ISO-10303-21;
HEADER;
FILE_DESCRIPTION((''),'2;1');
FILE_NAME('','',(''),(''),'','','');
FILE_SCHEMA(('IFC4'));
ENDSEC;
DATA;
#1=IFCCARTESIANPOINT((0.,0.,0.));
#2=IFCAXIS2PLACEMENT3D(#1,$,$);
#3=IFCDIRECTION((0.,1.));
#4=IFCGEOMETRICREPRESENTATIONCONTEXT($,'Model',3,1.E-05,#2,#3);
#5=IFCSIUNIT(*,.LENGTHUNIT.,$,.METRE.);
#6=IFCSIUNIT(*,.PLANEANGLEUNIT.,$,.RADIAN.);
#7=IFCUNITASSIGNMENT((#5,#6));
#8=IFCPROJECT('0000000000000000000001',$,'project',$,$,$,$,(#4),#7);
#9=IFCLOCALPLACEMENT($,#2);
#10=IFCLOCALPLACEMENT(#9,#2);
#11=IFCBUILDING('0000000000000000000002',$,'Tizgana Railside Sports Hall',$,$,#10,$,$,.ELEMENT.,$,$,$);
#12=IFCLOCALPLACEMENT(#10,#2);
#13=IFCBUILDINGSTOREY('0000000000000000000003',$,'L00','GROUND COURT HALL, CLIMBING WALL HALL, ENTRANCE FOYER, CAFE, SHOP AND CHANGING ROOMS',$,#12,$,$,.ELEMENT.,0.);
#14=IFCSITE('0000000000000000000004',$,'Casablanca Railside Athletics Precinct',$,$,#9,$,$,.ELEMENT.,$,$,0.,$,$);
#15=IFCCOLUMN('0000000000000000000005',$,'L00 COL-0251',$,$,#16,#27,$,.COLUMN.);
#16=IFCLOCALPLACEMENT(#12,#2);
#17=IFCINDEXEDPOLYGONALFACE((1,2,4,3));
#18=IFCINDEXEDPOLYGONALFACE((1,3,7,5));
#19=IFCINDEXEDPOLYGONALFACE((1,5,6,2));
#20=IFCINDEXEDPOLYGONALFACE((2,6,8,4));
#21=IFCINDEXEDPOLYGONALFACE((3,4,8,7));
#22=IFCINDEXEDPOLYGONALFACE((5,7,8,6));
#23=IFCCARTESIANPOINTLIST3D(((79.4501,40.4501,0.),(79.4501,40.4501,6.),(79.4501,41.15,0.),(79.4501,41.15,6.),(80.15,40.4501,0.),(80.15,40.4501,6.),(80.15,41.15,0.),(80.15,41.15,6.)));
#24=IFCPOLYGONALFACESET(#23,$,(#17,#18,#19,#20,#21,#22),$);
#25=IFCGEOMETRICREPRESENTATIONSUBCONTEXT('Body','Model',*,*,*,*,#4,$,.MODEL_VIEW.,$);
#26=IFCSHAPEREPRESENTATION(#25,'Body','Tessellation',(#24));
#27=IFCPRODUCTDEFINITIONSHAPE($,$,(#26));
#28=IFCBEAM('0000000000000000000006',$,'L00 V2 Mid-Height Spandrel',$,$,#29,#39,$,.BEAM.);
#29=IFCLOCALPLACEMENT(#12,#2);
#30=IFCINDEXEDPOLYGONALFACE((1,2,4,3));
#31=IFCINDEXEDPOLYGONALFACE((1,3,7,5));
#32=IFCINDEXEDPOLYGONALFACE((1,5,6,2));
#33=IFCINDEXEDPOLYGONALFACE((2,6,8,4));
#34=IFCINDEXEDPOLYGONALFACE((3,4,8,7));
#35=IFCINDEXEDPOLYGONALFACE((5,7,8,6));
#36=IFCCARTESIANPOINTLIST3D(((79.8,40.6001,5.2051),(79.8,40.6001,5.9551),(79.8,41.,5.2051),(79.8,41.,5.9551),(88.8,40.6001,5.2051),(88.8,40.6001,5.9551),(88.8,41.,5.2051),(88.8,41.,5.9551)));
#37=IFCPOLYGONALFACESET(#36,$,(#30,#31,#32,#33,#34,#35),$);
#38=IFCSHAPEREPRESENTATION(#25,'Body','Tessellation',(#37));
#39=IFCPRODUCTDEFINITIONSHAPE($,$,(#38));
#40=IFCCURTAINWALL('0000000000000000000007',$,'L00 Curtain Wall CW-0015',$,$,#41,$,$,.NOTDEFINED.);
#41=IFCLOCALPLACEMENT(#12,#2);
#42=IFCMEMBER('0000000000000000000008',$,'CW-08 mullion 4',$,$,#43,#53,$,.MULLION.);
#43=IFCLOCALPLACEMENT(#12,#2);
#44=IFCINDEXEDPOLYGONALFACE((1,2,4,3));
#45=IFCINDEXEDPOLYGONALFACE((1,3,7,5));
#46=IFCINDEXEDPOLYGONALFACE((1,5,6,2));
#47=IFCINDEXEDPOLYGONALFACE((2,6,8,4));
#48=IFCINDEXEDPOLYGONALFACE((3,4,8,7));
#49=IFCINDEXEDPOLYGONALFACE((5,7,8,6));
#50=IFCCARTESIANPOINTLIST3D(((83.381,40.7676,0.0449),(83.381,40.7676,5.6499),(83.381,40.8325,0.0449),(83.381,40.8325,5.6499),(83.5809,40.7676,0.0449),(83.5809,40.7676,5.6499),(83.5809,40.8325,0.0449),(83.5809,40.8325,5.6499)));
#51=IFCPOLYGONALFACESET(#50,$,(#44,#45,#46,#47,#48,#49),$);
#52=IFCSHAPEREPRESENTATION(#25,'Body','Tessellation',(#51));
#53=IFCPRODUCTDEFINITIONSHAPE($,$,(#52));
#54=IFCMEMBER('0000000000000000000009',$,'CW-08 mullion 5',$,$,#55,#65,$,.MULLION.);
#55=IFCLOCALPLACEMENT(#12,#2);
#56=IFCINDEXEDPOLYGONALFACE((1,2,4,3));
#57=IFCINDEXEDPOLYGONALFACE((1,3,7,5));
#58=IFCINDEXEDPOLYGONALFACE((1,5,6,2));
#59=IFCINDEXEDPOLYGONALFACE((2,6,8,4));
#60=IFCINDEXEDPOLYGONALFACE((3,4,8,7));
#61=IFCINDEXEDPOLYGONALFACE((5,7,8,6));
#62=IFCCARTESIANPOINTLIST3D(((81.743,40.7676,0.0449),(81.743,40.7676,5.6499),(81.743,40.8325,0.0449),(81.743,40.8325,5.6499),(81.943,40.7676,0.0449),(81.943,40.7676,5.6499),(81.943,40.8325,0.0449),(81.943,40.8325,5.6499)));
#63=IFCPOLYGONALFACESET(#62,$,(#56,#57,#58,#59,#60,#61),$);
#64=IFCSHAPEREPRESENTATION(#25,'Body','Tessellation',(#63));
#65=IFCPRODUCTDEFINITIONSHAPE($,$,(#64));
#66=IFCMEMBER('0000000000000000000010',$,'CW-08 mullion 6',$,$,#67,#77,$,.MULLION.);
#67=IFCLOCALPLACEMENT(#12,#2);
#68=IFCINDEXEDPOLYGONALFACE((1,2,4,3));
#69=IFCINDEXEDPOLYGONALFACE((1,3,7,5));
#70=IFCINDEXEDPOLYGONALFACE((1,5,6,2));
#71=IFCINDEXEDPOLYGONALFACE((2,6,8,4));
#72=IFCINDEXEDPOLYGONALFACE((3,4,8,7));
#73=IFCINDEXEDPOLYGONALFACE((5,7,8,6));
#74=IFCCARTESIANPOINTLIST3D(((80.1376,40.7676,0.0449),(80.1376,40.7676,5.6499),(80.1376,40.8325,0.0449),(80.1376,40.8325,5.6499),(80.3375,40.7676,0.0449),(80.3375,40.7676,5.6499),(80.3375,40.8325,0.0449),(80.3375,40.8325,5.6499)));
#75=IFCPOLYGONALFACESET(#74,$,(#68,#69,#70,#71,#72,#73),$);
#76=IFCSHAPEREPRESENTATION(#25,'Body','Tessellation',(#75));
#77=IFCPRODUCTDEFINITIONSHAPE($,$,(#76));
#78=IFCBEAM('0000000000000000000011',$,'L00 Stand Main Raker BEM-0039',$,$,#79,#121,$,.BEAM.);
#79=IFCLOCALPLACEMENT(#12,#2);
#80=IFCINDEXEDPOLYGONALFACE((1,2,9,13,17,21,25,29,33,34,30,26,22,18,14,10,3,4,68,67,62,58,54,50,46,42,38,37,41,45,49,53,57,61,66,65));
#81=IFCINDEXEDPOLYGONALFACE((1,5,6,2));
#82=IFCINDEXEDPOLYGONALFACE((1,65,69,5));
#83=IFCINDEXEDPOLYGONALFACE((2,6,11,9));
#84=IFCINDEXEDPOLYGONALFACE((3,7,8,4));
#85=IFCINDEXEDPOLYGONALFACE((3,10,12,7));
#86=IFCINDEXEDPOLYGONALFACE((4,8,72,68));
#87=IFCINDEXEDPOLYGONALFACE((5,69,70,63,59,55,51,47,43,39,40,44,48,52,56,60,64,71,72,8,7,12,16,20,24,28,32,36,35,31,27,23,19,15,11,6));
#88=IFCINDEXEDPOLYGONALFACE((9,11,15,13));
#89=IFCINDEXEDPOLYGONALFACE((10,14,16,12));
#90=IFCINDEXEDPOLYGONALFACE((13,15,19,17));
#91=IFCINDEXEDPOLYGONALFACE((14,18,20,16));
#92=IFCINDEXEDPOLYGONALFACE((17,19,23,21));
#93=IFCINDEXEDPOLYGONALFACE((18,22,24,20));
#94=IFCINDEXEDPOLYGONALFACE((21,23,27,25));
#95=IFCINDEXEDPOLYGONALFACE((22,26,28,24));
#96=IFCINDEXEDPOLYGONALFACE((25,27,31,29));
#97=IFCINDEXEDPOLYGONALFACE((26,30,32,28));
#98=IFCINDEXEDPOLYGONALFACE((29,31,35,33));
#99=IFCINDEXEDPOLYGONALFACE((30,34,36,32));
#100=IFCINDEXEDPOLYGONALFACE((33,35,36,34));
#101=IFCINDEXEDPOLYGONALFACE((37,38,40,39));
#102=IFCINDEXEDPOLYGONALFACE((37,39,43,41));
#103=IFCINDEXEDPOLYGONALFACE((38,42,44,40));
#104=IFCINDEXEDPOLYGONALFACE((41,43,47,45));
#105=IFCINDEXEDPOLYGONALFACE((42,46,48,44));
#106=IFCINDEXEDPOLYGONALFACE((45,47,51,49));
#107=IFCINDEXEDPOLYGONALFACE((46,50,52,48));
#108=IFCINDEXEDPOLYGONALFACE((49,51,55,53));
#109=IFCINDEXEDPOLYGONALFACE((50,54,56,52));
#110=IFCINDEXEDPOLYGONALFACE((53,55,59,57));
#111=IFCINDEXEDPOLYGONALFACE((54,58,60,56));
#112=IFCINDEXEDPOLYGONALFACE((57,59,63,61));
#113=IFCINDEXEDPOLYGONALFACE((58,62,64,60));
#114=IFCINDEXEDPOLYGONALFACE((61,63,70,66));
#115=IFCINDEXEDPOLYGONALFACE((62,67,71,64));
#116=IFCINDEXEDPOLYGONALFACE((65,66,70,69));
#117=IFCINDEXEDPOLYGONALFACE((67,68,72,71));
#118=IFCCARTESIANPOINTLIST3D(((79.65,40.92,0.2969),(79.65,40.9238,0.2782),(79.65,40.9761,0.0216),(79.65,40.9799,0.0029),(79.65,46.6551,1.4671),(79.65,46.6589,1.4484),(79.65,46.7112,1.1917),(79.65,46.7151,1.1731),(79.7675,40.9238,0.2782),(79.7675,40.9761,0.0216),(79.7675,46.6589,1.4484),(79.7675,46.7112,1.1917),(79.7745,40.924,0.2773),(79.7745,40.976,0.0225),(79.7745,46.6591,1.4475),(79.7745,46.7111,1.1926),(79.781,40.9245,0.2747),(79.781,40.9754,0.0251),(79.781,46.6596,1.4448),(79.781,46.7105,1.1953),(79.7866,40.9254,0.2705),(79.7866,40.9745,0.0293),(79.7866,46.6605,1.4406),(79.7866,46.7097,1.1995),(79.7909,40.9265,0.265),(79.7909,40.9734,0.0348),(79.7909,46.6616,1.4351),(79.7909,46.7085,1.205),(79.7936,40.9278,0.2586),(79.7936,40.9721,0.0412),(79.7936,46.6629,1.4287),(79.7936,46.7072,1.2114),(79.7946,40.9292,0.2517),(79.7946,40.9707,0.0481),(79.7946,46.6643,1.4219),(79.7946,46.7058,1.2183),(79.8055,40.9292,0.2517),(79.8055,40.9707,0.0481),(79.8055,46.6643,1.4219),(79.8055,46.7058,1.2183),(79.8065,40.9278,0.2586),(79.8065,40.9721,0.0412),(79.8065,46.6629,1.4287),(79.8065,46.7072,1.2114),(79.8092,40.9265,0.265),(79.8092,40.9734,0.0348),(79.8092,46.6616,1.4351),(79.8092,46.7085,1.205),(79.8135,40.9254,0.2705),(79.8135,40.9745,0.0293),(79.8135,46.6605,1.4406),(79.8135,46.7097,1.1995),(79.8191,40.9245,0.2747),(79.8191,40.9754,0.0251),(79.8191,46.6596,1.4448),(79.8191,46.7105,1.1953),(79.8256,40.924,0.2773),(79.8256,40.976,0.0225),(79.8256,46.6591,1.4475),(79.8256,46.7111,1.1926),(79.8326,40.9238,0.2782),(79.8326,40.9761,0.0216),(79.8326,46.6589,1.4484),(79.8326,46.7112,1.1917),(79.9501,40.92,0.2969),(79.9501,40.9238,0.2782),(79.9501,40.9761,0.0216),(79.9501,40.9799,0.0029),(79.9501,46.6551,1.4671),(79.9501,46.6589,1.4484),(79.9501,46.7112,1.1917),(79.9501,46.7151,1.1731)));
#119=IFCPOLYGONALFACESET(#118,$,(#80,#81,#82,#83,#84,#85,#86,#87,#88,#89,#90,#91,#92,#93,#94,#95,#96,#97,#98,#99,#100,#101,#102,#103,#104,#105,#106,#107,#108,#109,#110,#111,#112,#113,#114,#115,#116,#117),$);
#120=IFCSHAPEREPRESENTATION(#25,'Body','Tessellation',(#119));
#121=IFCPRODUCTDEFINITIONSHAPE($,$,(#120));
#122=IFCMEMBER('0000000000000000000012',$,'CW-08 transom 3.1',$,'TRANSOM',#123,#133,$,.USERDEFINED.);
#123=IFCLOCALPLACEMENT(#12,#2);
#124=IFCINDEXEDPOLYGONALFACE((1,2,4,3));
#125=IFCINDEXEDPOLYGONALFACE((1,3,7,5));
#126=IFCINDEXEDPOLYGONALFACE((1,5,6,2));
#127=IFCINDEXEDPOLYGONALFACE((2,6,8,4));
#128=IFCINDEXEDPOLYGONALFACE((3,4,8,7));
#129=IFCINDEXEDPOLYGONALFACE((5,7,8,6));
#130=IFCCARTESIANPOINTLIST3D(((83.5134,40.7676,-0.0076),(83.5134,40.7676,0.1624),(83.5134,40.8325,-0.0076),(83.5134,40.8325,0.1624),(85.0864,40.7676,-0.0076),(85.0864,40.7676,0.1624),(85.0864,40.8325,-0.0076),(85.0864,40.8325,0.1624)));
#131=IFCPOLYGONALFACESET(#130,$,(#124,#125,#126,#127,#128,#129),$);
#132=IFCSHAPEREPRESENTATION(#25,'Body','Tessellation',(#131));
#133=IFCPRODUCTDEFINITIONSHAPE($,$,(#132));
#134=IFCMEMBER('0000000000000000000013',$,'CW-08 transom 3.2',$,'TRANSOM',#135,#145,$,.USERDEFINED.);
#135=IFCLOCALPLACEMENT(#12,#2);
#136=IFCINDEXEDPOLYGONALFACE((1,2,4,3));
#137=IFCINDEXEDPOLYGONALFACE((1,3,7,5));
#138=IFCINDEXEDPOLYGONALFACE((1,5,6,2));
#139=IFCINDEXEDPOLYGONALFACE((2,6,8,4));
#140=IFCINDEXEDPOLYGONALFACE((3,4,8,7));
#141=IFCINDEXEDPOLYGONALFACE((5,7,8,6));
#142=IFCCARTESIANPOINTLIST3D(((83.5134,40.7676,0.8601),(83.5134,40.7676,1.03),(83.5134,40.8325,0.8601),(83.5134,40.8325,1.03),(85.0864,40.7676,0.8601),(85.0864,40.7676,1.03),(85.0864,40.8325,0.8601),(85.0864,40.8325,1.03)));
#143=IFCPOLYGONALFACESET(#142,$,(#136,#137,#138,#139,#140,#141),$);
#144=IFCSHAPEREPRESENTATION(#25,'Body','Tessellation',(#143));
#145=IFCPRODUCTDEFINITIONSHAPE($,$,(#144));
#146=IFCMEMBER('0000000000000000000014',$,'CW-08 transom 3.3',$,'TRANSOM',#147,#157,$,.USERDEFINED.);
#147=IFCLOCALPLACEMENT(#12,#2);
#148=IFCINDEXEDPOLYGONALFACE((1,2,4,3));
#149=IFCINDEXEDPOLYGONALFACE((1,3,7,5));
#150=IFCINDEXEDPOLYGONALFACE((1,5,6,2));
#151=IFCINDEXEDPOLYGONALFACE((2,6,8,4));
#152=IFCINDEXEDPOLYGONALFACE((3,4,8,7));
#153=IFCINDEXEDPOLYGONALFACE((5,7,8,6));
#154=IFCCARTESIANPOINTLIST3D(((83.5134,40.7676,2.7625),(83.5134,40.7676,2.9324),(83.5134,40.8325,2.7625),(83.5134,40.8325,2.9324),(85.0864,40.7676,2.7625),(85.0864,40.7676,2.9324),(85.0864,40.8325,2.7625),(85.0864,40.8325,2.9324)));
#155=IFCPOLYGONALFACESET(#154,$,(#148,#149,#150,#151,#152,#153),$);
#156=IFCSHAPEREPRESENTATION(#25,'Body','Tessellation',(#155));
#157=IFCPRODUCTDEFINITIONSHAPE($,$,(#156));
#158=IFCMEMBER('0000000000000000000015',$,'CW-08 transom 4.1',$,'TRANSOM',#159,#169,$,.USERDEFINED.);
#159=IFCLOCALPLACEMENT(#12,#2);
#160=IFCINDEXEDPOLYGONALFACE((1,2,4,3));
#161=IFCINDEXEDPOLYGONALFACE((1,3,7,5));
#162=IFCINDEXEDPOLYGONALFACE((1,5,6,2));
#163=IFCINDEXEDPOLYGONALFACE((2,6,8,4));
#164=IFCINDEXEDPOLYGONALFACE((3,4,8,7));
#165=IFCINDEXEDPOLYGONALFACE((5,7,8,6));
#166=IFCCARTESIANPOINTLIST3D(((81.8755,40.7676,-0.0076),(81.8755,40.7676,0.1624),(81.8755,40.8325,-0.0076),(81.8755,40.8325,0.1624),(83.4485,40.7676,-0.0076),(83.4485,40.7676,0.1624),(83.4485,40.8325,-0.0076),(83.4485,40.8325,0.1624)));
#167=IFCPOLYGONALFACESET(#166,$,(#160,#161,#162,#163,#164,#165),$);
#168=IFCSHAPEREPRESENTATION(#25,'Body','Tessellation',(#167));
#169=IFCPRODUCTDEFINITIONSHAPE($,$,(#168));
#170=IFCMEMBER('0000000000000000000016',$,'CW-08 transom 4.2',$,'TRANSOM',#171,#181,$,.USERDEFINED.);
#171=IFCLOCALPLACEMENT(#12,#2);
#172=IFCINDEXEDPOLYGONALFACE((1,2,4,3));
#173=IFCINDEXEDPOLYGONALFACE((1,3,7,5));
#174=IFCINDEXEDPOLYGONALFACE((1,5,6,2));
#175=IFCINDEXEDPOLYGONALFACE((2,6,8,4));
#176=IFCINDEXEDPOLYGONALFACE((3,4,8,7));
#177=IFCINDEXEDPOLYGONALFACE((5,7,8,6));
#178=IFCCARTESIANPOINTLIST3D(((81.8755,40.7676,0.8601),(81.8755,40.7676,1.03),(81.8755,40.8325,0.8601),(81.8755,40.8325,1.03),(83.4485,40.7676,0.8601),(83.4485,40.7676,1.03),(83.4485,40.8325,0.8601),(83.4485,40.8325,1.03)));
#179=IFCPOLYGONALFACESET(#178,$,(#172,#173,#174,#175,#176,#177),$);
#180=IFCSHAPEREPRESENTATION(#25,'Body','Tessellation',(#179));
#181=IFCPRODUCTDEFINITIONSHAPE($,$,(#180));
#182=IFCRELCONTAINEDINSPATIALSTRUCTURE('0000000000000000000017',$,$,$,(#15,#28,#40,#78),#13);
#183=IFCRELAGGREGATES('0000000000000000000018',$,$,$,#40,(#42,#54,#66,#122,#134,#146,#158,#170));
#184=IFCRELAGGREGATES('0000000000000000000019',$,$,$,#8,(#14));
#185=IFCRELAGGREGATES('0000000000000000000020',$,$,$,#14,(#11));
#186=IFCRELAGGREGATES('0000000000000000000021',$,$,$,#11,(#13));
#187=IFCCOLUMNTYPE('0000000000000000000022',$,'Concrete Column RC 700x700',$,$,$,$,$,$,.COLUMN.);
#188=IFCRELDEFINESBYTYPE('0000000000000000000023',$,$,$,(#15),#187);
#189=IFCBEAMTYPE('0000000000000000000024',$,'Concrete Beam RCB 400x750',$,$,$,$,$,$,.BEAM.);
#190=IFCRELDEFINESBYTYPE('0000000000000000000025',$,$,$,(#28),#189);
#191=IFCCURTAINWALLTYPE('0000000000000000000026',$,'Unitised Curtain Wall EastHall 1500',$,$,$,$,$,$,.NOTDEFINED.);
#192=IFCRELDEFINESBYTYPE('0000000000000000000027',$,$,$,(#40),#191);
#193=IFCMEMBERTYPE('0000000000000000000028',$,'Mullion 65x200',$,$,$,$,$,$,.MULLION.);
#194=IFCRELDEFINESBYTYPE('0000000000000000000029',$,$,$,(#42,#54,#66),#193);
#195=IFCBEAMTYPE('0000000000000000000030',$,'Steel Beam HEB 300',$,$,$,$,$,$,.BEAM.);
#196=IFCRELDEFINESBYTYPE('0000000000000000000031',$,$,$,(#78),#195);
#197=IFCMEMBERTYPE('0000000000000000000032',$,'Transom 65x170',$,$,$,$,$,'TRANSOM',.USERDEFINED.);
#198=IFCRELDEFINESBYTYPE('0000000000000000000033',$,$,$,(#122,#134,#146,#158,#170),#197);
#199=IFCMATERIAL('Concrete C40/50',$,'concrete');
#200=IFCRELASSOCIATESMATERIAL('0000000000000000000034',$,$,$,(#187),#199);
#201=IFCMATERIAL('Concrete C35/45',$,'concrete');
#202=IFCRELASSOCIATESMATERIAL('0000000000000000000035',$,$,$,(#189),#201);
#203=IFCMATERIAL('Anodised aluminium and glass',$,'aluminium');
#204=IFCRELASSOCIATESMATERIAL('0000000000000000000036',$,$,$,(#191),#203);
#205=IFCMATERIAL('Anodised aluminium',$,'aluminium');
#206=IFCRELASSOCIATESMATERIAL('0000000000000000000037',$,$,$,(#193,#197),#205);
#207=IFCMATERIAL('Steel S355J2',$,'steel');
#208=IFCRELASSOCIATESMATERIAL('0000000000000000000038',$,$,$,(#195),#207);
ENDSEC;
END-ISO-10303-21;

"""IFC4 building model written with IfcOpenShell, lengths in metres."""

from ifc_helpers import new_model, si_unit, direction, frame, origin, origin_2d, place, context, subcontext, project, spatial, rectangle, i_section, extrude, material, material_profile, profile_set, type_object, element, aggregate, save


model = new_model("IFC4")

# Units and contexts
model_context = context("Model", 3, precision=1e-05, world=origin(), true_north=direction((0.0, 1.0)))
body_context = subcontext(model_context, "Body", "Model", "MODEL_VIEW")
ifc_project = project(units=[si_unit("LENGTHUNIT", "METRE"), si_unit("PLANEANGLEUNIT", "RADIAN")], contexts=[model_context])

# Site, building, storey
site_placement = place(None, origin())
site = spatial("IfcSite", under=ifc_project, at=site_placement, Name="Casablanca Railside Athletics Precinct", CompositionType="ELEMENT", RefElevation=0.0)
building_placement = place(site_placement, origin())
building = spatial("IfcBuilding", under=site, at=building_placement, Name="Tizgana Railside Sports Hall", CompositionType="ELEMENT")
storey_placement = place(building_placement, origin())
storey = spatial("IfcBuildingStorey", under=building, at=storey_placement, Name="L00", Description="GROUND COURT HALL, CLIMBING WALL HALL, ENTRANCE FOYER, CAFE, SHOP AND CHANGING ROOMS", CompositionType="ELEMENT", Elevation=0.0)

# Column
ifc_material_1 = material(Name="Concrete C40/50", Category="concrete")
ifc_material_profile_1 = material_profile(ifc_material_1, rectangle(XDim=0.7, YDim=0.7, at=origin_2d()), Name="RC 700x700")
ifc_profile_set_1 = profile_set([ifc_material_profile_1], Name="Concrete C40/50")
column_type = type_object("IfcColumnType", Name="Concrete Column RC 700x700", PredefinedType="COLUMN", material=ifc_profile_set_1)
column_placement = place(storey_placement, frame((79.8, 40.8, 0.0), z_axis=(0.0, 0.0, 1.0), x_axis=(1.0, 0.0, 0.0)))
element("IfcColumn", 1, at=column_placement, inside=storey, type_object=column_type, Name="L00 COL-0251", PredefinedType="COLUMN", context=body_context, shape_type="SweptSolid", body=[
    extrude(rectangle(XDim=0.7, YDim=0.7, at=origin_2d()), origin(), (0.0, 0.0, 1.0), 6.0),
])

# Beam
ifc_material_2 = material(Name="Concrete C35/45", Category="concrete")
ifc_material_profile_2 = material_profile(ifc_material_2, rectangle(XDim=0.3999, YDim=0.75, at=origin_2d()), Name="RCB 400x750")
ifc_profile_set_2 = profile_set([ifc_material_profile_2], Name="Concrete C35/45")
beam_type_1 = type_object("IfcBeamType", Name="Concrete Beam RCB 400x750", PredefinedType="BEAM", material=ifc_profile_set_2)
beam_1_placement = place(storey_placement, frame((79.8, 40.8, 5.5801), z_axis=(1.0, 0.0, 0.0), x_axis=(0.0, 1.0, 0.0)))
element("IfcBeam", 2, at=beam_1_placement, inside=storey, type_object=beam_type_1, Name="L00 V2 Mid-Height Spandrel", PredefinedType="BEAM", context=body_context, shape_type="SweptSolid", body=[
    extrude(rectangle(XDim=0.3999, YDim=0.75, at=origin_2d()), origin(), (0.0, 0.0, 1.0), 9.0),
])

# Curtain wall, members
ifc_material_3 = material(Name="Anodised aluminium and glass", Category="aluminium")
curtain_wall_type = type_object("IfcCurtainWallType", Name="Unitised Curtain Wall EastHall 1500", PredefinedType="NOTDEFINED", material=ifc_material_3)
curtain_wall_placement = place(storey_placement, origin())
curtain_wall = element("IfcCurtainWall", 3, at=curtain_wall_placement, inside=storey, type_object=curtain_wall_type, Name="L00 Curtain Wall CW-0015", PredefinedType="NOTDEFINED")
ifc_material_4 = material(Name="Anodised aluminium", Category="aluminium")
ifc_material_profile_3 = material_profile(ifc_material_4, rectangle(XDim=0.0649, YDim=0.2, at=origin_2d()), Name="Mullion 65x200")
ifc_profile_set_3 = profile_set([ifc_material_profile_3], Name="Anodised aluminium")
member_type_1 = type_object("IfcMemberType", Name="Mullion 65x200", PredefinedType="MULLION", material=ifc_profile_set_3)
member_1_placement = place(storey_placement, frame((83.481, 40.8, 0.0449), z_axis=(0.0, 0.0, 1.0), x_axis=(0.0, -1.0, 0.0)))
member_1 = element("IfcMember", 4, at=member_1_placement, type_object=member_type_1, Name="CW-08 mullion 4", PredefinedType="MULLION", context=body_context, shape_type="SweptSolid", body=[
    extrude(rectangle(XDim=0.0649, YDim=0.2, at=origin_2d()), origin(), (0.0, 0.0, 1.0), 5.605),
])
member_2_placement = place(storey_placement, frame((81.843, 40.8, 0.0449), z_axis=(0.0, 0.0, 1.0), x_axis=(0.0, -1.0, 0.0)))
member_2 = element("IfcMember", 5, at=member_2_placement, type_object=member_type_1, Name="CW-08 mullion 5", PredefinedType="MULLION", context=body_context, shape_type="SweptSolid", body=[
    extrude(rectangle(XDim=0.0649, YDim=0.2, at=origin_2d()), origin(), (0.0, 0.0, 1.0), 5.605),
])
member_3_placement = place(storey_placement, frame((80.2375, 40.8, 0.0449), z_axis=(0.0, 0.0, 1.0), x_axis=(0.0, -1.0, 0.0)))
member_3 = element("IfcMember", 6, at=member_3_placement, type_object=member_type_1, Name="CW-08 mullion 6", PredefinedType="MULLION", context=body_context, shape_type="SweptSolid", body=[
    extrude(rectangle(XDim=0.0649, YDim=0.2, at=origin_2d()), origin(), (0.0, 0.0, 1.0), 5.605),
])

# Beam
ifc_material_5 = material(Name="Steel S355J2", Category="steel")
ifc_material_profile_4 = material_profile(ifc_material_5, i_section(OverallWidth=0.3, OverallDepth=0.3, WebThickness=0.011, FlangeThickness=0.019, FilletRadius=0.0271, at=origin_2d()), Name="HEB 300")
ifc_profile_set_4 = profile_set([ifc_material_profile_4], Name="Steel S355J2")
beam_type_2 = type_object("IfcBeamType", Name="Steel Beam HEB 300", PredefinedType="BEAM", material=ifc_profile_set_4)
beam_2_placement = place(storey_placement, frame((79.8, 40.95, 0.1499), z_axis=(0.0, 0.979813, 0.199917), x_axis=(-1.0, 0.0, 0.0)))
element("IfcBeam", 7, at=beam_2_placement, inside=storey, type_object=beam_type_2, Name="L00 Stand Main Raker BEM-0039", PredefinedType="BEAM", context=body_context, shape_type="SweptSolid", body=[
    extrude(i_section(OverallWidth=0.3, OverallDepth=0.3, WebThickness=0.011, FlangeThickness=0.019, FilletRadius=0.0271, at=origin_2d()), origin(), (0.0, 0.0, 1.0), 5.8533),
])

# Members
ifc_material_profile_5 = material_profile(ifc_material_4, rectangle(XDim=0.0649, YDim=0.1699, at=origin_2d()), Name="Transom 65x170")
ifc_profile_set_5 = profile_set([ifc_material_profile_5], Name="Anodised aluminium")
member_type_2 = type_object("IfcMemberType", Name="Transom 65x170", ElementType="TRANSOM", PredefinedType="USERDEFINED", material=ifc_profile_set_5)
member_4_placement = place(storey_placement, frame((85.0864, 40.8, 0.0774), z_axis=(-1.0, 0.0, 0.0), x_axis=(0.0, -1.0, 0.0)))
member_4 = element("IfcMember", 8, at=member_4_placement, type_object=member_type_2, Name="CW-08 transom 3.1", ObjectType="TRANSOM", PredefinedType="USERDEFINED", context=body_context, shape_type="SweptSolid", body=[
    extrude(rectangle(XDim=0.0649, YDim=0.1699, at=origin_2d()), origin(), (0.0, 0.0, 1.0), 1.573),
])
member_5_placement = place(storey_placement, frame((85.0864, 40.8, 0.9451), z_axis=(-1.0, 0.0, 0.0), x_axis=(0.0, -1.0, 0.0)))
member_5 = element("IfcMember", 9, at=member_5_placement, type_object=member_type_2, Name="CW-08 transom 3.2", ObjectType="TRANSOM", PredefinedType="USERDEFINED", context=body_context, shape_type="SweptSolid", body=[
    extrude(rectangle(XDim=0.0649, YDim=0.1699, at=origin_2d()), origin(), (0.0, 0.0, 1.0), 1.573),
])
member_6_placement = place(storey_placement, frame((85.0864, 40.8, 2.8474), z_axis=(-1.0, 0.0, 0.0), x_axis=(0.0, -1.0, 0.0)))
member_6 = element("IfcMember", 10, at=member_6_placement, type_object=member_type_2, Name="CW-08 transom 3.3", ObjectType="TRANSOM", PredefinedType="USERDEFINED", context=body_context, shape_type="SweptSolid", body=[
    extrude(rectangle(XDim=0.0649, YDim=0.1699, at=origin_2d()), origin(), (0.0, 0.0, 1.0), 1.573),
])
member_7_placement = place(storey_placement, frame((83.4485, 40.8, 0.0774), z_axis=(-1.0, 0.0, 0.0), x_axis=(0.0, -1.0, 0.0)))
member_7 = element("IfcMember", 11, at=member_7_placement, type_object=member_type_2, Name="CW-08 transom 4.1", ObjectType="TRANSOM", PredefinedType="USERDEFINED", context=body_context, shape_type="SweptSolid", body=[
    extrude(rectangle(XDim=0.0649, YDim=0.1699, at=origin_2d()), origin(), (0.0, 0.0, 1.0), 1.573),
])
member_8_placement = place(storey_placement, frame((83.4485, 40.8, 0.9451), z_axis=(-1.0, 0.0, 0.0), x_axis=(0.0, -1.0, 0.0)))
member_8 = element("IfcMember", 12, at=member_8_placement, type_object=member_type_2, Name="CW-08 transom 4.2", ObjectType="TRANSOM", PredefinedType="USERDEFINED", context=body_context, shape_type="SweptSolid", body=[
    extrude(rectangle(XDim=0.0649, YDim=0.1699, at=origin_2d()), origin(), (0.0, 0.0, 1.0), 1.573),
])

aggregate(curtain_wall, [member_1, member_2, member_3, member_4, member_5, member_6, member_7, member_8])

save(model, "model.ifc")
